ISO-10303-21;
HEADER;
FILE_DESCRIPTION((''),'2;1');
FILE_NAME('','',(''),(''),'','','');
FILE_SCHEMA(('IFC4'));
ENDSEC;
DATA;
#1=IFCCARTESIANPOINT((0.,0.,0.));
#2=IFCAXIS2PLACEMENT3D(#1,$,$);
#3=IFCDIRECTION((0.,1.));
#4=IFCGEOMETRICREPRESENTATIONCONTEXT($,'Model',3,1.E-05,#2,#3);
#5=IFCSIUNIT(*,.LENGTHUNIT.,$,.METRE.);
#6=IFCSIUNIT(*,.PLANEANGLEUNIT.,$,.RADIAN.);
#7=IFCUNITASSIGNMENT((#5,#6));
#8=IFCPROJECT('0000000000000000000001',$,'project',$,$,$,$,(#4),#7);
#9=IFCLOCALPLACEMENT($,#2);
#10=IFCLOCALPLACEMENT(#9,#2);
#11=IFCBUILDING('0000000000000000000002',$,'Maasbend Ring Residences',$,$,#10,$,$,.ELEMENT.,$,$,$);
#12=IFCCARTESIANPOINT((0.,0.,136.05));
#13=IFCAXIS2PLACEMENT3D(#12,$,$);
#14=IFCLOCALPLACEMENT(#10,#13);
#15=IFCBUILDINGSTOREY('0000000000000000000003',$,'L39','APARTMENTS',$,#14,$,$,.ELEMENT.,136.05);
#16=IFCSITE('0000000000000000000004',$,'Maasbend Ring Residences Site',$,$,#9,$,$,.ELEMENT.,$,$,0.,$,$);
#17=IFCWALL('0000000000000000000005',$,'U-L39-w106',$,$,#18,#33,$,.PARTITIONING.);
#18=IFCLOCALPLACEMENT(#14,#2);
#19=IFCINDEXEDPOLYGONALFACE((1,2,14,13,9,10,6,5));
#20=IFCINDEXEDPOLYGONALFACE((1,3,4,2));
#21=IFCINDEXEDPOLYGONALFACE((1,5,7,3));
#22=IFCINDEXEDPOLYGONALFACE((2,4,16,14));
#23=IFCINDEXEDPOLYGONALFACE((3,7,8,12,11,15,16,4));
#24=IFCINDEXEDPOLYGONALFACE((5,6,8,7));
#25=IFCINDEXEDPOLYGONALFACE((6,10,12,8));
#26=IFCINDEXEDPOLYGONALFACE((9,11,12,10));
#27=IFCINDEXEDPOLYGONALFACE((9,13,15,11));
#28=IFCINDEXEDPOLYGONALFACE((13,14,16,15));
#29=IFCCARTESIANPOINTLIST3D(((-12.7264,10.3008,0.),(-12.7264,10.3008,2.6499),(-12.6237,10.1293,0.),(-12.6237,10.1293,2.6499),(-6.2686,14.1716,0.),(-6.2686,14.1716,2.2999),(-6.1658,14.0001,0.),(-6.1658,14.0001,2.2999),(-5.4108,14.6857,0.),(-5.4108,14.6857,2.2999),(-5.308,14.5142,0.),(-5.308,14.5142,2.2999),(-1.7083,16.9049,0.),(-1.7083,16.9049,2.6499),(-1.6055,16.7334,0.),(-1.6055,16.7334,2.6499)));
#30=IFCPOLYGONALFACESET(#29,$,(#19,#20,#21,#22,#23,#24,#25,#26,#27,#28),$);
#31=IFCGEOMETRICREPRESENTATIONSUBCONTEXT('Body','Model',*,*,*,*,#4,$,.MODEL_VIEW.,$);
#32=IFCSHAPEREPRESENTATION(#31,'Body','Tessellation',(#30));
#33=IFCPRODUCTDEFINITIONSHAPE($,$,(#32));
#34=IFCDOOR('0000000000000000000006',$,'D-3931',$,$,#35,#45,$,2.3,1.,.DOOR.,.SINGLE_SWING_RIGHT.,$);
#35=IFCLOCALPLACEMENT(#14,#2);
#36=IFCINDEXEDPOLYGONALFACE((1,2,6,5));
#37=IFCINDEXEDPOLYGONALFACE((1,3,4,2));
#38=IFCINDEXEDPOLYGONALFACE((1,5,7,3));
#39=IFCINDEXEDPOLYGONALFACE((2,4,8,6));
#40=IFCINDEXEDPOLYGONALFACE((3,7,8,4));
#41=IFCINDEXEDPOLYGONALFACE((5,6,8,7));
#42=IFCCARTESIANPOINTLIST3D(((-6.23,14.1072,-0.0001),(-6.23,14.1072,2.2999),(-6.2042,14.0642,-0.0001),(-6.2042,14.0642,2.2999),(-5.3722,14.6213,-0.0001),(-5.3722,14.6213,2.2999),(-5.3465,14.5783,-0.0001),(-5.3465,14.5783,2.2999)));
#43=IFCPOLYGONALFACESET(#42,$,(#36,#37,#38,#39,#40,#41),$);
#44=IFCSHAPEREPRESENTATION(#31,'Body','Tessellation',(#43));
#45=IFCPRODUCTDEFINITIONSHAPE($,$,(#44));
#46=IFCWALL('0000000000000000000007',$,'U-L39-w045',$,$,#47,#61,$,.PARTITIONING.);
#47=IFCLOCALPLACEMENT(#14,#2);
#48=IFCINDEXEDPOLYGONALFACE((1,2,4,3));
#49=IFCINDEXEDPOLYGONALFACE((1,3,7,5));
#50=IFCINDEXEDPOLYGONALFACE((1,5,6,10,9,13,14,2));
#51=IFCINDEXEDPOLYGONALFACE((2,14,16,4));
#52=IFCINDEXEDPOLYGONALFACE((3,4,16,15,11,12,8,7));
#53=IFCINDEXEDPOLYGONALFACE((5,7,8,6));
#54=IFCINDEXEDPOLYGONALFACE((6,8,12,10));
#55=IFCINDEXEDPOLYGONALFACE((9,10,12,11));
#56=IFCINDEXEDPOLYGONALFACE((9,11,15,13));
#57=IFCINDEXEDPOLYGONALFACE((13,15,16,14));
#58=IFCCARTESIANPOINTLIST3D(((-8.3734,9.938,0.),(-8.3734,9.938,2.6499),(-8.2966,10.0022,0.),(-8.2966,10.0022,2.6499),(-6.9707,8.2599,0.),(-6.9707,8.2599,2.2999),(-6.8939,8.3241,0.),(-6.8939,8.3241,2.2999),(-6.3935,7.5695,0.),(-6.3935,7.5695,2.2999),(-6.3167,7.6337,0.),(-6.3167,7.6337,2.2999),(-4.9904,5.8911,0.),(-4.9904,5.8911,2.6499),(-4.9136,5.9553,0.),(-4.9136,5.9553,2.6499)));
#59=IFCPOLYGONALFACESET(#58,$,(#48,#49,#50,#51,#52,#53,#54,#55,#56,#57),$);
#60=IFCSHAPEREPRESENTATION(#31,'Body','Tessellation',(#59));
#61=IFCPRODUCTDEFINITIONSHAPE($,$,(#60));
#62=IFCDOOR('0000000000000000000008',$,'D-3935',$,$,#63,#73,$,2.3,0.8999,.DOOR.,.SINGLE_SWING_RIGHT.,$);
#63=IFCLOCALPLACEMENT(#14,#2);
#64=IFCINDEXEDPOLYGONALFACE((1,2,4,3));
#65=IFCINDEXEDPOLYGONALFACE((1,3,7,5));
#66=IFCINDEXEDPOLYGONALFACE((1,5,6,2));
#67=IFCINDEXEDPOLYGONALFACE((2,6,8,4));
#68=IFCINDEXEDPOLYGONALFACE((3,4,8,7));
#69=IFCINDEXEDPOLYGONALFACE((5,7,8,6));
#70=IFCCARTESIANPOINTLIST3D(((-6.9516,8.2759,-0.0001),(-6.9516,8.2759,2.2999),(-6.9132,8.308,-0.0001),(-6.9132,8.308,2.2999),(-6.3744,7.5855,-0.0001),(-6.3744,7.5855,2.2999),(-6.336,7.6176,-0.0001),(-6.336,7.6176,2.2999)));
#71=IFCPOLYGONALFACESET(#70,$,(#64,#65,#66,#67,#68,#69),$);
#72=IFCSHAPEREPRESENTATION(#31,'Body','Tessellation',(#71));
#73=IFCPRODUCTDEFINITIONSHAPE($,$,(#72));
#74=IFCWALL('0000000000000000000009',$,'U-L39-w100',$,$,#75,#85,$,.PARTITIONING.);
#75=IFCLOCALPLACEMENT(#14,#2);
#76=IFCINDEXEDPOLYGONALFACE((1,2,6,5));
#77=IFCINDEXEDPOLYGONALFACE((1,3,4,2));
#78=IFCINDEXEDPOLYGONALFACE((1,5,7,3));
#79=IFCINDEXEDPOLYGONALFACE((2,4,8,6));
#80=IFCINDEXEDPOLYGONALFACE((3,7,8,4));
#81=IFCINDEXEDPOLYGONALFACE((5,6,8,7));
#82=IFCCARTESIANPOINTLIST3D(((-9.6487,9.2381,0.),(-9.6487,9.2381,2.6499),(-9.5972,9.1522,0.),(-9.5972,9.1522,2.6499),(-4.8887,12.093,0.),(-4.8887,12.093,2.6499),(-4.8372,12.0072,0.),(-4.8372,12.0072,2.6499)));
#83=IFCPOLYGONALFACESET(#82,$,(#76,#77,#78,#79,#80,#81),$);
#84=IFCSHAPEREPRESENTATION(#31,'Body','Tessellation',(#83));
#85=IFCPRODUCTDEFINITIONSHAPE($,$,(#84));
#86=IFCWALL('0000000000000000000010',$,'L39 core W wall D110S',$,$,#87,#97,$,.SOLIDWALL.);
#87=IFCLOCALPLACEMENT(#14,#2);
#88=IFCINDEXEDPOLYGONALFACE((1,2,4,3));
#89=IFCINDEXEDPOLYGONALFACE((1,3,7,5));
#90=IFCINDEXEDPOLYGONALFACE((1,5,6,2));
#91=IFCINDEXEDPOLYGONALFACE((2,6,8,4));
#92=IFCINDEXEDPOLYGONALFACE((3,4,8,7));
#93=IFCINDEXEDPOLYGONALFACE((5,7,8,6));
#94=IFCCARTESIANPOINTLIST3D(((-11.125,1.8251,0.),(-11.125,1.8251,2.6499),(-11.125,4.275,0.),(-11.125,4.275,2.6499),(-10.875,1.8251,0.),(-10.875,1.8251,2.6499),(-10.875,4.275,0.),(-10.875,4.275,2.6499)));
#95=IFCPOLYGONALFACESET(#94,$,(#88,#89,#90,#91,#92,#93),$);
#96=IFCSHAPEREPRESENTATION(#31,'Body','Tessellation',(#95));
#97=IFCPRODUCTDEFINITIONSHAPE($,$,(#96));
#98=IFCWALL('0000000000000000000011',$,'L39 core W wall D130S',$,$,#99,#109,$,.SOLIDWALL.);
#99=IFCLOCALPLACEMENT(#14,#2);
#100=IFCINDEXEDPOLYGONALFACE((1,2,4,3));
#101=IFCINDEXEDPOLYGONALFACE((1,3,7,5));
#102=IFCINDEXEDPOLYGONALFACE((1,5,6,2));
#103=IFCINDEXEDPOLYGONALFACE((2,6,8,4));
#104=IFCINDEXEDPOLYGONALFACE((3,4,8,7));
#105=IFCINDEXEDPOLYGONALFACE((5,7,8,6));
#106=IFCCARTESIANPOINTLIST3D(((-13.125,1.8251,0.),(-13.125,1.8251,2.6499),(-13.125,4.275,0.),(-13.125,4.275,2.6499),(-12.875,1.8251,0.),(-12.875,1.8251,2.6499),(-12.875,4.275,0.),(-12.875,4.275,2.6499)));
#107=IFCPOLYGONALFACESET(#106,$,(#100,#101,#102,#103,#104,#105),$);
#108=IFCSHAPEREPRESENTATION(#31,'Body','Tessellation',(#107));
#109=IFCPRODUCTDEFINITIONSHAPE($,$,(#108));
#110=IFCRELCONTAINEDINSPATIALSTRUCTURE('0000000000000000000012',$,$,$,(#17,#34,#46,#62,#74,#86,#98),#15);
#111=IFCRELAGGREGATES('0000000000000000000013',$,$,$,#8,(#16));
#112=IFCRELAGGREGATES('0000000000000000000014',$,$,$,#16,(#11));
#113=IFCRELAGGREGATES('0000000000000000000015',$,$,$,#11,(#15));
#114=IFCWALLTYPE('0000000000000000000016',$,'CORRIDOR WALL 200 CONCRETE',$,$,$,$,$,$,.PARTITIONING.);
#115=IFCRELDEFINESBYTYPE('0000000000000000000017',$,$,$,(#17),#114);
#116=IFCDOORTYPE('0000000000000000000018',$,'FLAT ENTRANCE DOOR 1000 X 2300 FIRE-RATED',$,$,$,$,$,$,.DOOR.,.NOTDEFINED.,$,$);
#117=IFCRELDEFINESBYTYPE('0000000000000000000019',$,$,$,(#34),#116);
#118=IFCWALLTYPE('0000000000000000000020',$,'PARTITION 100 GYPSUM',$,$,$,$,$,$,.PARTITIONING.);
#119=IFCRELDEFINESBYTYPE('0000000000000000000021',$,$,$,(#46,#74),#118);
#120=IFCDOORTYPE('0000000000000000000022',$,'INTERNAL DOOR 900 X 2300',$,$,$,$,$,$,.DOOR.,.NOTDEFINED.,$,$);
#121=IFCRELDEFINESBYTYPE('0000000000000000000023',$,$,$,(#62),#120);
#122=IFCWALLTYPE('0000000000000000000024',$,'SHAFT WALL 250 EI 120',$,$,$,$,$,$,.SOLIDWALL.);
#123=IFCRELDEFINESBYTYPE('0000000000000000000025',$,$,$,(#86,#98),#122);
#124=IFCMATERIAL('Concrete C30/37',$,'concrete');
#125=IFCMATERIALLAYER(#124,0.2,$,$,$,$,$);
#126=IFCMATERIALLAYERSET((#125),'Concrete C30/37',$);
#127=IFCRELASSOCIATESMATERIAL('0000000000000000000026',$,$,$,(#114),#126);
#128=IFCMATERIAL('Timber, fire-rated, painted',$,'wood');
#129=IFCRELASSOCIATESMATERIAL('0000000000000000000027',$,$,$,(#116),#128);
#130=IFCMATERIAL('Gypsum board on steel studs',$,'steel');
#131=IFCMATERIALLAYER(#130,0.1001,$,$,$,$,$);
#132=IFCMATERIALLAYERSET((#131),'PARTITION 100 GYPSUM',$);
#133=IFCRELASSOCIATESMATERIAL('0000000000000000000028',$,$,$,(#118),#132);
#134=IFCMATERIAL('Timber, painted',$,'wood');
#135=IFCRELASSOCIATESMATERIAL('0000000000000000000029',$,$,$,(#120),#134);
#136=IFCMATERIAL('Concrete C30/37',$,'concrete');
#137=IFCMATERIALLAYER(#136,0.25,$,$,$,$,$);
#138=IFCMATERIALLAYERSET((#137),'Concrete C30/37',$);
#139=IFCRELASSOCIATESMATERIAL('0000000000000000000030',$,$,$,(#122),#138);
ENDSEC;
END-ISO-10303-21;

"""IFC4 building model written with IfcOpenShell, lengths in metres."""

from ifc_helpers import new_model, si_unit, direction, frame, frame_2d, origin, place, context, subcontext, project, spatial, rectangle, extrude, material, layer, layer_set, type_object, element, fill, save


model = new_model("IFC4")

# Units and contexts
model_context = context("Model", 3, precision=1e-05, world=origin(), true_north=direction((0.0, 1.0)))
body_context = subcontext(model_context, "Body", "Model", "MODEL_VIEW")
ifc_project = project(units=[si_unit("LENGTHUNIT", "METRE"), si_unit("PLANEANGLEUNIT", "RADIAN")], contexts=[model_context])

# Site, building, storey
site_placement = place(None, origin())
site = spatial("IfcSite", under=ifc_project, at=site_placement, Name="Maasbend Ring Residences Site", CompositionType="ELEMENT", RefElevation=0.0)
building_placement = place(site_placement, origin())
building = spatial("IfcBuilding", under=site, at=building_placement, Name="Maasbend Ring Residences", CompositionType="ELEMENT")
storey_placement = place(building_placement, frame((0.0, 0.0, 136.05)))
storey = spatial("IfcBuildingStorey", under=building, at=storey_placement, Name="L39", Description="APARTMENTS", CompositionType="ELEMENT", Elevation=136.05)

# Walls, openings, doors
ifc_material_1 = material(Name="Concrete C30/37", Category="concrete")
ifc_layer_1 = layer(ifc_material_1, 0.2)
ifc_layer_set_1 = layer_set([ifc_layer_1], Name="Concrete C30/37")
wall_type_1 = type_object("IfcWallType", Name="CORRIDOR WALL 200 CONCRETE", PredefinedType="PARTITIONING", material=ifc_layer_set_1)
wall_1_placement = place(storey_placement, frame((-12.675, 10.2151, 0.0), z_axis=(0.0, 0.0, 1.0), x_axis=(0.857728, 0.514104, 0.0)))
wall_1 = element("IfcWall", 1, at=wall_1_placement, inside=storey, type_object=wall_type_1, Name="U-L39-w106", PredefinedType="PARTITIONING", context=body_context, shape_type="SweptSolid", body=[
    extrude(rectangle(XDim=12.8457, YDim=0.2, at=frame_2d((6.4229, 0.0))), origin(), (0.0, 0.0, 1.0), 2.6499),
])
opening_1_placement = place(wall_1_placement, frame((7.5291, 0.0, 0.0)))
opening_1 = element("IfcOpeningElement", 2, at=opening_1_placement, cuts=wall_1, PredefinedType="OPENING", context=body_context, shape_type="SweptSolid", body=[
    extrude(rectangle(XDim=1.0, YDim=2.3, at=frame_2d((0.5, 1.1499))), frame((0.0, 0.1099, 0.0), z_axis=(0.0, -1.0, 0.0), x_axis=(1.0, 0.0, 0.0)), (0.0, 0.0, 1.0), 0.22),
])
ifc_material_2 = material(Name="Timber, fire-rated, painted", Category="wood")
door_type_1 = type_object("IfcDoorType", Name="FLAT ENTRANCE DOOR 1000 X 2300 FIRE-RATED", OperationType="NOTDEFINED", PredefinedType="DOOR", material=ifc_material_2)
door_1_placement = place(opening_1_placement, origin())
door_1 = element("IfcDoor", 3, at=door_1_placement, inside=storey, type_object=door_type_1, Name="D-3931", OperationType="SINGLE_SWING_RIGHT", OverallHeight=2.3, OverallWidth=1.0, PredefinedType="DOOR", context=body_context, shape_type="SweptSolid", body=[
    extrude(rectangle(XDim=1.0, YDim=2.3, at=frame_2d((0.5, 1.1499))), frame((0.0, 0.0249, 0.0), z_axis=(0.0, -1.0, 0.0), x_axis=(1.0, 0.0, 0.0)), (0.0, 0.0, 1.0), 0.05),
])
fill(opening_1, door_1)
ifc_material_3 = material(Name="Gypsum board on steel studs", Category="steel")
ifc_layer_2 = layer(ifc_material_3, 0.1001)
ifc_layer_set_2 = layer_set([ifc_layer_2], Name="PARTITION 100 GYPSUM")
wall_type_2 = type_object("IfcWallType", Name="PARTITION 100 GYPSUM", PredefinedType="PARTITIONING", material=ifc_layer_set_2)
wall_2_placement = place(storey_placement, frame((-8.335, 9.97, 0.0), z_axis=(0.0, 0.0, 1.0), x_axis=(0.641376, -0.767226, 0.0)))
wall_2 = element("IfcWall", 4, at=wall_2_placement, inside=storey, type_object=wall_type_2, Name="U-L39-w045", PredefinedType="PARTITIONING", context=body_context, shape_type="SweptSolid", body=[
    extrude(rectangle(XDim=5.2747, YDim=0.1001, at=frame_2d((2.6372, 0.0))), origin(), (0.0, 0.0, 1.0), 2.6499),
])
opening_2_placement = place(wall_2_placement, frame((2.187, 0.0, 0.0)))
opening_2 = element("IfcOpeningElement", 5, at=opening_2_placement, cuts=wall_2, PredefinedType="OPENING", context=body_context, shape_type="SweptSolid", body=[
    extrude(rectangle(XDim=0.8999, YDim=2.3, at=frame_2d((0.45, 1.1499))), frame((0.0, 0.0601, 0.0), z_axis=(0.0, -1.0, 0.0), x_axis=(1.0, 0.0, 0.0)), (0.0, 0.0, 1.0), 0.1201),
])
ifc_material_4 = material(Name="Timber, painted", Category="wood")
door_type_2 = type_object("IfcDoorType", Name="INTERNAL DOOR 900 X 2300", OperationType="NOTDEFINED", PredefinedType="DOOR", material=ifc_material_4)
door_2_placement = place(opening_2_placement, origin())
door_2 = element("IfcDoor", 6, at=door_2_placement, inside=storey, type_object=door_type_2, Name="D-3935", OperationType="SINGLE_SWING_RIGHT", OverallHeight=2.3, OverallWidth=0.8999, PredefinedType="DOOR", context=body_context, shape_type="SweptSolid", body=[
    extrude(rectangle(XDim=0.8999, YDim=2.3, at=frame_2d((0.45, 1.1499))), frame((0.0, 0.0249, 0.0), z_axis=(0.0, -1.0, 0.0), x_axis=(1.0, 0.0, 0.0)), (0.0, 0.0, 1.0), 0.05),
])
fill(opening_2, door_2)

# Walls
wall_3_placement = place(storey_placement, frame((-9.623, 9.1951, 0.0), z_axis=(0.0, 0.0, 1.0), x_axis=(0.857574, 0.51436, 0.0)))
element("IfcWall", 7, at=wall_3_placement, inside=storey, type_object=wall_type_2, Name="U-L39-w100", PredefinedType="PARTITIONING", context=body_context, shape_type="SweptSolid", body=[
    extrude(rectangle(XDim=5.5505, YDim=0.1001, at=frame_2d((2.7754, 0.0))), origin(), (0.0, 0.0, 1.0), 2.6499),
])
ifc_material_5 = material(Name="Concrete C30/37", Category="concrete")
ifc_layer_3 = layer(ifc_material_5, 0.25)
ifc_layer_set_3 = layer_set([ifc_layer_3], Name="Concrete C30/37")
wall_type_3 = type_object("IfcWallType", Name="SHAFT WALL 250 EI 120", PredefinedType="SOLIDWALL", material=ifc_layer_set_3)
for number, where, z_axis, x_axis, name in (
    (8, (-11.0, 1.825, 0.0), (0.0, 0.0, 1.0), (0.0, 1.0, 0.0), "L39 core W wall D110S"),
    (9, (-13.0, 1.825, 0.0), (0.0, 0.0, 1.0), (0.0, 1.0, 0.0), "L39 core W wall D130S"),
):
    element("IfcWall", number, at=place(storey_placement, frame(where, z_axis=z_axis, x_axis=x_axis)), inside=storey, type_object=wall_type_3, Name=name, PredefinedType="SOLIDWALL", context=body_context, shape_type="SweptSolid", body=[
        extrude(rectangle(XDim=2.45, YDim=0.25, at=frame_2d((1.2251, 0.0))), origin(), (0.0, 0.0, 1.0), 2.6499),
    ])

save(model, "model.ifc")
